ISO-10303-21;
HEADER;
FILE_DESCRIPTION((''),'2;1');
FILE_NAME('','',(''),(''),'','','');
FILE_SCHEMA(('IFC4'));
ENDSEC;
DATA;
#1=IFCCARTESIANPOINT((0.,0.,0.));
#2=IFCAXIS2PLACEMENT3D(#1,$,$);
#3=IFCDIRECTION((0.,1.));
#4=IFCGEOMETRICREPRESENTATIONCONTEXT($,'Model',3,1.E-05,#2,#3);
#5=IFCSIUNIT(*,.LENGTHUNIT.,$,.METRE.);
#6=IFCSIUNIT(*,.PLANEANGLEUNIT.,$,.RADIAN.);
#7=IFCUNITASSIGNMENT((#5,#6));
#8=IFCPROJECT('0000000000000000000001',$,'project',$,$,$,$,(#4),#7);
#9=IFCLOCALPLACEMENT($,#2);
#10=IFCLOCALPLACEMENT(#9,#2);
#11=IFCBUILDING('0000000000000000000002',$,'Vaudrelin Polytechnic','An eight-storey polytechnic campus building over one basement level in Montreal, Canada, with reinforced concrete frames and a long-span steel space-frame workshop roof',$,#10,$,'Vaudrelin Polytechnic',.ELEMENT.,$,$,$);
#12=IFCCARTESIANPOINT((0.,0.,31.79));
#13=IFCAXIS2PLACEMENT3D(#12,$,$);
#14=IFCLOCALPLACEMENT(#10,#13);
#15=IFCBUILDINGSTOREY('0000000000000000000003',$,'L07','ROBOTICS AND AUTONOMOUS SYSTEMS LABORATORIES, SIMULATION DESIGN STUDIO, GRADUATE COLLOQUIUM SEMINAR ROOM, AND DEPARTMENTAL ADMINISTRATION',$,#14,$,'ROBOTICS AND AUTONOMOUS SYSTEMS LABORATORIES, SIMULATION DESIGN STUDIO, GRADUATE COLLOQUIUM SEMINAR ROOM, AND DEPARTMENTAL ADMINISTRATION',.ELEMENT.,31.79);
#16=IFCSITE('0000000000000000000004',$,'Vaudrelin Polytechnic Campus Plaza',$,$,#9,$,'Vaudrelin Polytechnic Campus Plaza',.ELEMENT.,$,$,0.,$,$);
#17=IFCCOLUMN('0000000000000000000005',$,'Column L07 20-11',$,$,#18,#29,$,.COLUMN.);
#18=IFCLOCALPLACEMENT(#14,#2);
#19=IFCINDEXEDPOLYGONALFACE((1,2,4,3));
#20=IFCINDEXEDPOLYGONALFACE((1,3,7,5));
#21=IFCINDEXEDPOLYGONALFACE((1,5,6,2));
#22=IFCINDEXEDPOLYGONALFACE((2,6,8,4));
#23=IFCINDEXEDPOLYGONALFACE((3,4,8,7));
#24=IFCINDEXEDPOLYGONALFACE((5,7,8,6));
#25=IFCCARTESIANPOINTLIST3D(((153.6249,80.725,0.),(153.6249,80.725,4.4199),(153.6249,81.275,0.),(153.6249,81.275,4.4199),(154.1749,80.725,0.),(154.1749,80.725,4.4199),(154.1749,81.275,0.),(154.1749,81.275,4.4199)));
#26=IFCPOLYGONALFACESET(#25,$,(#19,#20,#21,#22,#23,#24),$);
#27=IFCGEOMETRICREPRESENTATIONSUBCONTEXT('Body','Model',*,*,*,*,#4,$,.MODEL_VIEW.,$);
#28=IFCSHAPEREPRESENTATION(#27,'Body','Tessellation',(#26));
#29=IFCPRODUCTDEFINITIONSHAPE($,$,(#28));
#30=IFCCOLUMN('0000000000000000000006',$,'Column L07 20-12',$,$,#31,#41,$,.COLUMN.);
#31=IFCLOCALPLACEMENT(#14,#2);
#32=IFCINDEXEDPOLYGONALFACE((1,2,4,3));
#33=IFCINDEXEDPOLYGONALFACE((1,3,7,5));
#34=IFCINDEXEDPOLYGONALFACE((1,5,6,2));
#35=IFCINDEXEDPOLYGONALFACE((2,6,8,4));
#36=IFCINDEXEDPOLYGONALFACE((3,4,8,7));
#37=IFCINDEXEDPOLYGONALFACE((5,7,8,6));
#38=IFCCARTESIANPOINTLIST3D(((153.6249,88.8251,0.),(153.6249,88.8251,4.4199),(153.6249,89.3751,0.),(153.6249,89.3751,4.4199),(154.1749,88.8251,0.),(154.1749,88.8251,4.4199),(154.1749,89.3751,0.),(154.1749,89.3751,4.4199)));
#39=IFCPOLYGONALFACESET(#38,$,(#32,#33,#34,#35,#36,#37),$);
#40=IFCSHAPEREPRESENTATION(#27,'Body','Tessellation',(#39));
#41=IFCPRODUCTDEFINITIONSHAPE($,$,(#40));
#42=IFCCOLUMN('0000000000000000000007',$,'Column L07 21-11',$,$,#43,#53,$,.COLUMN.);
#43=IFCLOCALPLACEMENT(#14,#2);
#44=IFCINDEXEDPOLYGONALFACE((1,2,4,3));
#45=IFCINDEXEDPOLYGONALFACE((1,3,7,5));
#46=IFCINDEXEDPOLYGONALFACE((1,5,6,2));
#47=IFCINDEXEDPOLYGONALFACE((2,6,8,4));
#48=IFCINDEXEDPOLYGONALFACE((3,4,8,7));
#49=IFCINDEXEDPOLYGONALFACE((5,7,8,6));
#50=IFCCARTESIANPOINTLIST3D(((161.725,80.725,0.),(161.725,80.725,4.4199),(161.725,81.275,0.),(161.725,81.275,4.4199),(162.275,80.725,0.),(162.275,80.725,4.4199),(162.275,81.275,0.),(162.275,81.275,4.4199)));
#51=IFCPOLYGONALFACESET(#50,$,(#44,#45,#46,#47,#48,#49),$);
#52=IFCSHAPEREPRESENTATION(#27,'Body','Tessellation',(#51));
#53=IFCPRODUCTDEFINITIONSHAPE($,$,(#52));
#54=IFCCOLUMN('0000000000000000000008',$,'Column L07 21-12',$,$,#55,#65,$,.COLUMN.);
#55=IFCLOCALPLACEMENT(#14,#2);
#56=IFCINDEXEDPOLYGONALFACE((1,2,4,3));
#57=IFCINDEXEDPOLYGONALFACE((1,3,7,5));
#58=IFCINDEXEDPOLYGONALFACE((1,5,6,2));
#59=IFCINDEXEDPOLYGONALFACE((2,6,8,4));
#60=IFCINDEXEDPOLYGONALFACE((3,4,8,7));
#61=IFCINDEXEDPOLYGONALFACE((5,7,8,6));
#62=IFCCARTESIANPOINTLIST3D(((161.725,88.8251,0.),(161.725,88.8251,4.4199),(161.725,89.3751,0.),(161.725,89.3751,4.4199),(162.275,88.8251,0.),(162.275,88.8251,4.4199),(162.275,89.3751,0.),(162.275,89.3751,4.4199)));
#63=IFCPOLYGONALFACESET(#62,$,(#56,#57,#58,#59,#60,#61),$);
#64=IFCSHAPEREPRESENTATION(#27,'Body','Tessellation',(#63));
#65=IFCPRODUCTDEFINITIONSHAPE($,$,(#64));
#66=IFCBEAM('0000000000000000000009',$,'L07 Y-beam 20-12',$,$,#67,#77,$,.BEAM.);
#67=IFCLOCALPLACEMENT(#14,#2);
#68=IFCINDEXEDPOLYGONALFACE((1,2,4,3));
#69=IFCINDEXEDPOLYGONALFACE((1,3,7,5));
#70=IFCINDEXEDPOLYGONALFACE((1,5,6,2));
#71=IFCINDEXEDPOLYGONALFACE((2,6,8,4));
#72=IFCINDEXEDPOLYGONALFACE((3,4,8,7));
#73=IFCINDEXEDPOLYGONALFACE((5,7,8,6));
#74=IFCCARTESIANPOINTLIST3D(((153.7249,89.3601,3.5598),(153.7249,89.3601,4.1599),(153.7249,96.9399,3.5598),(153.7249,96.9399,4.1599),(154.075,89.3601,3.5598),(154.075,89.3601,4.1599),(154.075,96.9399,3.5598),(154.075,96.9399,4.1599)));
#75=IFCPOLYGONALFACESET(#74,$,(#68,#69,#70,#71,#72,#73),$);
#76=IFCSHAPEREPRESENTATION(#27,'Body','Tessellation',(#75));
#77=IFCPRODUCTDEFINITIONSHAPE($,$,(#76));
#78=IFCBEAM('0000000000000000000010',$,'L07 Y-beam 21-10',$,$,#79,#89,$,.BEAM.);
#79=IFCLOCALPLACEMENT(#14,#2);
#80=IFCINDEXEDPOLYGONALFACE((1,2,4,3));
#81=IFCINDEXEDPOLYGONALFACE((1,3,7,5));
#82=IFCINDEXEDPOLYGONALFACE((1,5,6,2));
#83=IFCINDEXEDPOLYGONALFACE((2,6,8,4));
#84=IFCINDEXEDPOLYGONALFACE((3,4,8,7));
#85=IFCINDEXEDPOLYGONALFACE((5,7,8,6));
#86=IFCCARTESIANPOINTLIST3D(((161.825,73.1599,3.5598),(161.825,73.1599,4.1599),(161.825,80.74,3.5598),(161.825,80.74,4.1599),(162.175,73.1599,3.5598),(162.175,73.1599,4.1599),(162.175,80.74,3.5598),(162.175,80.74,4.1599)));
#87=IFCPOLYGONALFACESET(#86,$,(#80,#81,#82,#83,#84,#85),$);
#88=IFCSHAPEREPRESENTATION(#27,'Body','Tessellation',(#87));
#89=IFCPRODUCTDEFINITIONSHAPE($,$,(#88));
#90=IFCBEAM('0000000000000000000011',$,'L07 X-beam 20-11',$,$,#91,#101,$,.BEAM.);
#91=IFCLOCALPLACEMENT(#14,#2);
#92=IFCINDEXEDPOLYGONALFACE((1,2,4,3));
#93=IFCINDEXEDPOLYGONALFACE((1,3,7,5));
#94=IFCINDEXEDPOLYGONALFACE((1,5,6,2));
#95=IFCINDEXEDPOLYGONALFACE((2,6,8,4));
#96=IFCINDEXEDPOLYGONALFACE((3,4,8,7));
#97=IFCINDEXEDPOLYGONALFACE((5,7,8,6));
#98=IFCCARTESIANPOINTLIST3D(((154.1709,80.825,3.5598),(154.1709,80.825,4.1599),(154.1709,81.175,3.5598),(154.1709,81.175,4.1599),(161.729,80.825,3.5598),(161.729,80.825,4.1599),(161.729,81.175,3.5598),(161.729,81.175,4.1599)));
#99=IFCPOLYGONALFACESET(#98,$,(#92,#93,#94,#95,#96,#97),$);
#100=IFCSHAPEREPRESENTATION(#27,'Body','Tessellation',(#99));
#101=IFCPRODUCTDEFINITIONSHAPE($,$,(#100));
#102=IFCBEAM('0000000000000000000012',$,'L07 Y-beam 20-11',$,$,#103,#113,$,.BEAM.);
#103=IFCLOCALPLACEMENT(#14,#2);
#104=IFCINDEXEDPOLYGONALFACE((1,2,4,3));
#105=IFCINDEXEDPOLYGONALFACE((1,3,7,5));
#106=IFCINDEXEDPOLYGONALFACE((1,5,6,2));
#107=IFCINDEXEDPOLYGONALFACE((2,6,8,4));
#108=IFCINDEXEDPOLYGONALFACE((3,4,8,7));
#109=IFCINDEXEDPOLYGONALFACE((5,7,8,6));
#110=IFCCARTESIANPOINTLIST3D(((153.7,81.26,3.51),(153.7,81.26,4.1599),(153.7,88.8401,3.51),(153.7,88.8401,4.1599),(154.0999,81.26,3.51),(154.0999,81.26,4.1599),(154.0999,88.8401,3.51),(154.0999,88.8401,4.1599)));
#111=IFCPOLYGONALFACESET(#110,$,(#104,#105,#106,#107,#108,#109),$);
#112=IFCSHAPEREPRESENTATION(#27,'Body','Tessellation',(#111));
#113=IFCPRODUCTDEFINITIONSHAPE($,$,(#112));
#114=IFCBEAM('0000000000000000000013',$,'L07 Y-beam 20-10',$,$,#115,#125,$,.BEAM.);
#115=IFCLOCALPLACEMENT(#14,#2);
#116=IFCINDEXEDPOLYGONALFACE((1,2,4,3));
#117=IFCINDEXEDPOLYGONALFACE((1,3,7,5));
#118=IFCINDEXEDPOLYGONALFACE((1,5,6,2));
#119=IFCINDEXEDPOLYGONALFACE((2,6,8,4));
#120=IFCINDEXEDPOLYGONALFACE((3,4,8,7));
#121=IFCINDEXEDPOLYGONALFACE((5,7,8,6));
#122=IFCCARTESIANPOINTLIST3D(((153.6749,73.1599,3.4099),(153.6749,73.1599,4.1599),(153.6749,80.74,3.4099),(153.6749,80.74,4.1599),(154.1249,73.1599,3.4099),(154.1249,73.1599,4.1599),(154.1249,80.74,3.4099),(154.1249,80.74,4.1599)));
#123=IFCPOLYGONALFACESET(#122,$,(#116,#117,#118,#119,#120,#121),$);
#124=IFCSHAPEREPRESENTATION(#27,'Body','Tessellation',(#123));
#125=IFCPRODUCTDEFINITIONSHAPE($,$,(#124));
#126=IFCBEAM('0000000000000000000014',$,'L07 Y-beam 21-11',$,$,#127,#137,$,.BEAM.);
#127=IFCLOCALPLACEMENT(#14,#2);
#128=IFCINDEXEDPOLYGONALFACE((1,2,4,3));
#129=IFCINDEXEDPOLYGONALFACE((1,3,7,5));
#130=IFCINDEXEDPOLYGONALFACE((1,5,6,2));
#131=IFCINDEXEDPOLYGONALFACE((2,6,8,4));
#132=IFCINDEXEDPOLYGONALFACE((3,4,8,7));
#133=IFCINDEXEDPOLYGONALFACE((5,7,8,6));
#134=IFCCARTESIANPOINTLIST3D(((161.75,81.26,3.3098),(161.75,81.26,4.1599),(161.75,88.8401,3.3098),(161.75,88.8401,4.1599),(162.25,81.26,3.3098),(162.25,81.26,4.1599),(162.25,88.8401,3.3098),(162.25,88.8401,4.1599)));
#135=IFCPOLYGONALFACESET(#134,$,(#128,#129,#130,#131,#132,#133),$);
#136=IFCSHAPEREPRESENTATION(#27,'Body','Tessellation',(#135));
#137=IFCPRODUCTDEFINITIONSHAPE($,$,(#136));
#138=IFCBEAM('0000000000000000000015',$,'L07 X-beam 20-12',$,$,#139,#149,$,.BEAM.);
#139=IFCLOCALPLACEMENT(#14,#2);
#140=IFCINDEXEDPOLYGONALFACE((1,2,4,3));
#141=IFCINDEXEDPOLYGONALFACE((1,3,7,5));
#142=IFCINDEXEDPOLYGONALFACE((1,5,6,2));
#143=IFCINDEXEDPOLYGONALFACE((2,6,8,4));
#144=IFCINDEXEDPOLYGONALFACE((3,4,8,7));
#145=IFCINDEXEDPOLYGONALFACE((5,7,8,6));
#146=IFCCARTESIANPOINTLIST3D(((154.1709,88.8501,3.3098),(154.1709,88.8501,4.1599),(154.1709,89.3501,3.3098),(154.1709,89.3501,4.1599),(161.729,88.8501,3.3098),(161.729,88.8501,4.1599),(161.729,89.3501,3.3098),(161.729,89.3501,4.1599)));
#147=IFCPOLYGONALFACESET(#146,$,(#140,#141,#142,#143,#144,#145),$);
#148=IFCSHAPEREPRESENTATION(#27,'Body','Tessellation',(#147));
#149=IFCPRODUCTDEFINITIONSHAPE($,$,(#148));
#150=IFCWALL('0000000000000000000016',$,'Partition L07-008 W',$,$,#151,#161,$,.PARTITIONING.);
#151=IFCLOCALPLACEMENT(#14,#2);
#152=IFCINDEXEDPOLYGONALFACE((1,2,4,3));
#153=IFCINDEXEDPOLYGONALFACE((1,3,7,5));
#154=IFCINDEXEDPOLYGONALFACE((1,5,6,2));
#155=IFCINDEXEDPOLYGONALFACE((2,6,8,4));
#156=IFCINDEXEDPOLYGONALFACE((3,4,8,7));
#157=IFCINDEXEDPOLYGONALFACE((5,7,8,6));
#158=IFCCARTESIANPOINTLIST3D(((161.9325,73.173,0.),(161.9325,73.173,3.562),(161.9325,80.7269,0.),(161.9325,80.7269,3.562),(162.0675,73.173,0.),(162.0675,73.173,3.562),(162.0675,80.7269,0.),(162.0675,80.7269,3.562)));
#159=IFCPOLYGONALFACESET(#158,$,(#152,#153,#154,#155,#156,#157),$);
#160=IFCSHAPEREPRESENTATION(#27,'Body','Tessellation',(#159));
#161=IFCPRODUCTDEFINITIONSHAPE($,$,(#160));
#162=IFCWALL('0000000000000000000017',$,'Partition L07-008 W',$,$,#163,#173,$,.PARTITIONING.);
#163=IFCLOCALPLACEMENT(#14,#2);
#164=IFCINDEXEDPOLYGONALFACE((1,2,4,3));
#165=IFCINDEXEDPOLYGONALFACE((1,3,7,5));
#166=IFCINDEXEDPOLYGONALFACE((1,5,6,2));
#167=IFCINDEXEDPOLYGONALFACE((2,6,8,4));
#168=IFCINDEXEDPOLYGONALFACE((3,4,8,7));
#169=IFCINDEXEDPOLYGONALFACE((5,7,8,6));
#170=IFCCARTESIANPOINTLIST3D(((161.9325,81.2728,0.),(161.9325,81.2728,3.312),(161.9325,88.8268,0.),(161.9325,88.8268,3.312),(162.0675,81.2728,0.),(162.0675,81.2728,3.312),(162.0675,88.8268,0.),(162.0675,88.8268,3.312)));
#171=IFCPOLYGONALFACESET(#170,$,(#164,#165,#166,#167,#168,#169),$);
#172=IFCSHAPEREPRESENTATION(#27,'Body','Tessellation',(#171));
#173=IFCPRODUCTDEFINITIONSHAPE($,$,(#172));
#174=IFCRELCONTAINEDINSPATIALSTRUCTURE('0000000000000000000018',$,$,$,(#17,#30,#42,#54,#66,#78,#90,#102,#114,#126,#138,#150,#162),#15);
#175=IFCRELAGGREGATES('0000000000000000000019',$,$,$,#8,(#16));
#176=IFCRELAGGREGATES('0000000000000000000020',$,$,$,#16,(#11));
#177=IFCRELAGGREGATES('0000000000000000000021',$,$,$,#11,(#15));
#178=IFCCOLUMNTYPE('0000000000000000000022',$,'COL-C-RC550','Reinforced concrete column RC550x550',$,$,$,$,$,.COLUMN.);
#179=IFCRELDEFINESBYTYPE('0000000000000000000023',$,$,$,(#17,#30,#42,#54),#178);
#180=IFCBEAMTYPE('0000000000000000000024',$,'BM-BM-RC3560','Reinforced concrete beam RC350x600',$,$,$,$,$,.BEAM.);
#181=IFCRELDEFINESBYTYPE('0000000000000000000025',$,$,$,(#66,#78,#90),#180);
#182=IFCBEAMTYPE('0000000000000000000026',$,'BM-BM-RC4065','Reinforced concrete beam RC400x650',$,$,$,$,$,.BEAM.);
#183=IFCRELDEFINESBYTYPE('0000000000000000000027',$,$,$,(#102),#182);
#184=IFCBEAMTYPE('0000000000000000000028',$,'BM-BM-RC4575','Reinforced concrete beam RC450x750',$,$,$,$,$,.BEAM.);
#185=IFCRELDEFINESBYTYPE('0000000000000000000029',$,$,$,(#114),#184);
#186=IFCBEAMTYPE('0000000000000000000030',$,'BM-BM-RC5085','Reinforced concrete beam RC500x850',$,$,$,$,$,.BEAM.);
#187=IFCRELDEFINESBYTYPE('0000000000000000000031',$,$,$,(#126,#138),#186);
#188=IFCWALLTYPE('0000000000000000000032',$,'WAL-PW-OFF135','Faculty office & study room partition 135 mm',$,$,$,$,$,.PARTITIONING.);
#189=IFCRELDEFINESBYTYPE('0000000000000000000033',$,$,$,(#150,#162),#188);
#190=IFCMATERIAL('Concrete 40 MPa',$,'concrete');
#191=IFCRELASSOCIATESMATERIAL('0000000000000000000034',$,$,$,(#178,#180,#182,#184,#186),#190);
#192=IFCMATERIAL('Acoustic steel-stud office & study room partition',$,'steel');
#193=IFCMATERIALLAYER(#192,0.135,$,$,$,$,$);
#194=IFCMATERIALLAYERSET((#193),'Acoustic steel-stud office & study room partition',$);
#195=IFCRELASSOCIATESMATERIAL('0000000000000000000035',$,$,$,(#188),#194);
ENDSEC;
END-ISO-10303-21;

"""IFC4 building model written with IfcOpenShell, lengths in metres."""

from ifc_helpers import new_model, si_unit, direction, frame, frame_2d, origin, origin_2d, place, context, subcontext, project, spatial, rectangle, extrude, material, layer, layer_set, material_profile, profile_set, type_object, element, save


model = new_model("IFC4")

# Units and contexts
model_context = context("Model", 3, precision=1e-05, world=origin(), true_north=direction((0.0, 1.0)))
body_context = subcontext(model_context, "Body", "Model", "MODEL_VIEW")
ifc_project = project(units=[si_unit("LENGTHUNIT", "METRE"), si_unit("PLANEANGLEUNIT", "RADIAN")], contexts=[model_context])

# Site, building, storey
site_placement = place(None, origin())
site = spatial("IfcSite", under=ifc_project, at=site_placement, Name="Vaudrelin Polytechnic Campus Plaza", LongName="Vaudrelin Polytechnic Campus Plaza", CompositionType="ELEMENT", RefElevation=0.0)
building_placement = place(site_placement, origin())
building = spatial("IfcBuilding", under=site, at=building_placement, Name="Vaudrelin Polytechnic", Description="An eight-storey polytechnic campus building over one basement level in Montreal, Canada, with reinforced concrete frames and a long-span steel space-frame workshop roof", LongName="Vaudrelin Polytechnic", CompositionType="ELEMENT")
storey_placement = place(building_placement, frame((0.0, 0.0, 31.79)))
storey = spatial("IfcBuildingStorey", under=building, at=storey_placement, Name="L07", Description="ROBOTICS AND AUTONOMOUS SYSTEMS LABORATORIES, SIMULATION DESIGN STUDIO, GRADUATE COLLOQUIUM SEMINAR ROOM, AND DEPARTMENTAL ADMINISTRATION", LongName="ROBOTICS AND AUTONOMOUS SYSTEMS LABORATORIES, SIMULATION DESIGN STUDIO, GRADUATE COLLOQUIUM SEMINAR ROOM, AND DEPARTMENTAL ADMINISTRATION", CompositionType="ELEMENT", Elevation=31.79)

# Columns
ifc_material_1 = material(Name="Concrete 40 MPa", Category="concrete")
ifc_material_profile_1 = material_profile(ifc_material_1, rectangle(XDim=0.55, YDim=0.55, at=origin_2d()), Name="RC550x550")
ifc_profile_set_1 = profile_set([ifc_material_profile_1], Name="Concrete 40 MPa")
column_type = type_object("IfcColumnType", Name="COL-C-RC550", Description="Reinforced concrete column RC550x550", PredefinedType="COLUMN", material=ifc_profile_set_1)
for number, where, z_axis, x_axis, name in (
    (1, (153.8999, 81.0, 0.0), (0.0, 0.0, 1.0), (1.0, 0.0, 0.0), "Column L07 20-11"),
    (2, (153.8999, 89.1001, 0.0), (0.0, 0.0, 1.0), (1.0, 0.0, 0.0), "Column L07 20-12"),
    (3, (162.0, 81.0, 0.0), (0.0, 0.0, 1.0), (1.0, 0.0, 0.0), "Column L07 21-11"),
    (4, (162.0, 89.1001, 0.0), (0.0, 0.0, 1.0), (1.0, 0.0, 0.0), "Column L07 21-12"),
):
    element("IfcColumn", number, at=place(storey_placement, frame(where, z_axis=z_axis, x_axis=x_axis)), inside=storey, type_object=column_type, Name=name, PredefinedType="COLUMN", context=body_context, shape_type="SweptSolid", body=[
        extrude(rectangle(XDim=0.55, YDim=0.55, at=origin_2d()), origin(), (0.0, 0.0, 1.0), 4.4199),
    ])

# Beams
ifc_material_profile_2 = material_profile(ifc_material_1, rectangle(XDim=0.3501, YDim=0.6001, at=origin_2d()), Name="RC350x600")
ifc_profile_set_2 = profile_set([ifc_material_profile_2], Name="Concrete 40 MPa")
beam_type_1 = type_object("IfcBeamType", Name="BM-BM-RC3560", Description="Reinforced concrete beam RC350x600", PredefinedType="BEAM", material=ifc_profile_set_2)
beam_1_placement = place(storey_placement, frame((153.8999, 89.3601, 3.8599), z_axis=(0.0, 1.0, 0.0), x_axis=(-1.0, 0.0, 0.0)))
element("IfcBeam", 5, at=beam_1_placement, inside=storey, type_object=beam_type_1, Name="L07 Y-beam 20-12", PredefinedType="BEAM", context=body_context, shape_type="SweptSolid", body=[
    extrude(rectangle(XDim=0.3501, YDim=0.6001, at=origin_2d()), origin(), (0.0, 0.0, 1.0), 7.5798),
])
beam_2_placement = place(storey_placement, frame((162.0, 73.1599, 3.8599), z_axis=(0.0, 1.0, 0.0), x_axis=(-1.0, 0.0, 0.0)))
element("IfcBeam", 6, at=beam_2_placement, inside=storey, type_object=beam_type_1, Name="L07 Y-beam 21-10", PredefinedType="BEAM", context=body_context, shape_type="SweptSolid", body=[
    extrude(rectangle(XDim=0.3501, YDim=0.6001, at=origin_2d()), origin(), (0.0, 0.0, 1.0), 7.5801),
])
beam_3_placement = place(storey_placement, frame((154.1709, 81.0, 3.8599), z_axis=(1.0, 0.0, 0.0), x_axis=(0.0, 1.0, 0.0)))
element("IfcBeam", 7, at=beam_3_placement, inside=storey, type_object=beam_type_1, Name="L07 X-beam 20-11", PredefinedType="BEAM", context=body_context, shape_type="SweptSolid", body=[
    extrude(rectangle(XDim=0.3501, YDim=0.6001, at=origin_2d()), origin(), (0.0, 0.0, 1.0), 7.5581),
])
ifc_material_profile_3 = material_profile(ifc_material_1, rectangle(XDim=0.3999, YDim=0.6499, at=origin_2d()), Name="RC400x650")
ifc_profile_set_3 = profile_set([ifc_material_profile_3], Name="Concrete 40 MPa")
beam_type_2 = type_object("IfcBeamType", Name="BM-BM-RC4065", Description="Reinforced concrete beam RC400x650", PredefinedType="BEAM", material=ifc_profile_set_3)
beam_4_placement = place(storey_placement, frame((153.8999, 81.26, 3.835), z_axis=(0.0, 1.0, 0.0), x_axis=(-1.0, 0.0, 0.0)))
element("IfcBeam", 8, at=beam_4_placement, inside=storey, type_object=beam_type_2, Name="L07 Y-beam 20-11", PredefinedType="BEAM", context=body_context, shape_type="SweptSolid", body=[
    extrude(rectangle(XDim=0.3999, YDim=0.6499, at=origin_2d()), origin(), (0.0, 0.0, 1.0), 7.5801),
])
ifc_material_profile_4 = material_profile(ifc_material_1, rectangle(XDim=0.45, YDim=0.75, at=origin_2d()), Name="RC450x750")
ifc_profile_set_4 = profile_set([ifc_material_profile_4], Name="Concrete 40 MPa")
beam_type_3 = type_object("IfcBeamType", Name="BM-BM-RC4575", Description="Reinforced concrete beam RC450x750", PredefinedType="BEAM", material=ifc_profile_set_4)
beam_5_placement = place(storey_placement, frame((153.8999, 73.1599, 3.7849), z_axis=(0.0, 1.0, 0.0), x_axis=(-1.0, 0.0, 0.0)))
element("IfcBeam", 9, at=beam_5_placement, inside=storey, type_object=beam_type_3, Name="L07 Y-beam 20-10", PredefinedType="BEAM", context=body_context, shape_type="SweptSolid", body=[
    extrude(rectangle(XDim=0.45, YDim=0.75, at=origin_2d()), origin(), (0.0, 0.0, 1.0), 7.5801),
])
ifc_material_profile_5 = material_profile(ifc_material_1, rectangle(XDim=0.5, YDim=0.8501, at=origin_2d()), Name="RC500x850")
ifc_profile_set_5 = profile_set([ifc_material_profile_5], Name="Concrete 40 MPa")
beam_type_4 = type_object("IfcBeamType", Name="BM-BM-RC5085", Description="Reinforced concrete beam RC500x850", PredefinedType="BEAM", material=ifc_profile_set_5)
beam_6_placement = place(storey_placement, frame((162.0, 81.26, 3.7349), z_axis=(0.0, 1.0, 0.0), x_axis=(-1.0, 0.0, 0.0)))
element("IfcBeam", 10, at=beam_6_placement, inside=storey, type_object=beam_type_4, Name="L07 Y-beam 21-11", PredefinedType="BEAM", context=body_context, shape_type="SweptSolid", body=[
    extrude(rectangle(XDim=0.5, YDim=0.8501, at=origin_2d()), origin(), (0.0, 0.0, 1.0), 7.5801),
])
beam_7_placement = place(storey_placement, frame((154.1709, 89.1001, 3.7349), z_axis=(1.0, 0.0, 0.0), x_axis=(0.0, 1.0, 0.0)))
element("IfcBeam", 11, at=beam_7_placement, inside=storey, type_object=beam_type_4, Name="L07 X-beam 20-12", PredefinedType="BEAM", context=body_context, shape_type="SweptSolid", body=[
    extrude(rectangle(XDim=0.5, YDim=0.8501, at=origin_2d()), origin(), (0.0, 0.0, 1.0), 7.5581),
])

# Walls
ifc_material_2 = material(Name="Acoustic steel-stud office & study room partition", Category="steel")
ifc_layer_1 = layer(ifc_material_2, 0.135)
ifc_layer_set_1 = layer_set([ifc_layer_1], Name="Acoustic steel-stud office & study room partition")
wall_type_1 = type_object("IfcWallType", Name="WAL-PW-OFF135", Description="Faculty office & study room partition 135 mm", PredefinedType="PARTITIONING", material=ifc_layer_set_1)
wall_1_placement = place(storey_placement, frame((162.0, 73.1731, 0.0), z_axis=(0.0, 0.0, 1.0), x_axis=(0.0, 1.0, 0.0)))
element("IfcWall", 12, at=wall_1_placement, inside=storey, type_object=wall_type_1, Name="Partition L07-008 W", PredefinedType="PARTITIONING", context=body_context, shape_type="SweptSolid", body=[
    extrude(rectangle(XDim=7.554, YDim=0.135, at=frame_2d((3.7769, 0.0))), origin(), (0.0, 0.0, 1.0), 3.562),
])
wall_2_placement = place(storey_placement, frame((162.0, 81.2729, 0.0), z_axis=(0.0, 0.0, 1.0), x_axis=(0.0, 1.0, 0.0)))
element("IfcWall", 13, at=wall_2_placement, inside=storey, type_object=wall_type_1, Name="Partition L07-008 W", PredefinedType="PARTITIONING", context=body_context, shape_type="SweptSolid", body=[
    extrude(rectangle(XDim=7.554, YDim=0.135, at=frame_2d((3.7769, 0.0))), origin(), (0.0, 0.0, 1.0), 3.312),
])

save(model, "model.ifc")
